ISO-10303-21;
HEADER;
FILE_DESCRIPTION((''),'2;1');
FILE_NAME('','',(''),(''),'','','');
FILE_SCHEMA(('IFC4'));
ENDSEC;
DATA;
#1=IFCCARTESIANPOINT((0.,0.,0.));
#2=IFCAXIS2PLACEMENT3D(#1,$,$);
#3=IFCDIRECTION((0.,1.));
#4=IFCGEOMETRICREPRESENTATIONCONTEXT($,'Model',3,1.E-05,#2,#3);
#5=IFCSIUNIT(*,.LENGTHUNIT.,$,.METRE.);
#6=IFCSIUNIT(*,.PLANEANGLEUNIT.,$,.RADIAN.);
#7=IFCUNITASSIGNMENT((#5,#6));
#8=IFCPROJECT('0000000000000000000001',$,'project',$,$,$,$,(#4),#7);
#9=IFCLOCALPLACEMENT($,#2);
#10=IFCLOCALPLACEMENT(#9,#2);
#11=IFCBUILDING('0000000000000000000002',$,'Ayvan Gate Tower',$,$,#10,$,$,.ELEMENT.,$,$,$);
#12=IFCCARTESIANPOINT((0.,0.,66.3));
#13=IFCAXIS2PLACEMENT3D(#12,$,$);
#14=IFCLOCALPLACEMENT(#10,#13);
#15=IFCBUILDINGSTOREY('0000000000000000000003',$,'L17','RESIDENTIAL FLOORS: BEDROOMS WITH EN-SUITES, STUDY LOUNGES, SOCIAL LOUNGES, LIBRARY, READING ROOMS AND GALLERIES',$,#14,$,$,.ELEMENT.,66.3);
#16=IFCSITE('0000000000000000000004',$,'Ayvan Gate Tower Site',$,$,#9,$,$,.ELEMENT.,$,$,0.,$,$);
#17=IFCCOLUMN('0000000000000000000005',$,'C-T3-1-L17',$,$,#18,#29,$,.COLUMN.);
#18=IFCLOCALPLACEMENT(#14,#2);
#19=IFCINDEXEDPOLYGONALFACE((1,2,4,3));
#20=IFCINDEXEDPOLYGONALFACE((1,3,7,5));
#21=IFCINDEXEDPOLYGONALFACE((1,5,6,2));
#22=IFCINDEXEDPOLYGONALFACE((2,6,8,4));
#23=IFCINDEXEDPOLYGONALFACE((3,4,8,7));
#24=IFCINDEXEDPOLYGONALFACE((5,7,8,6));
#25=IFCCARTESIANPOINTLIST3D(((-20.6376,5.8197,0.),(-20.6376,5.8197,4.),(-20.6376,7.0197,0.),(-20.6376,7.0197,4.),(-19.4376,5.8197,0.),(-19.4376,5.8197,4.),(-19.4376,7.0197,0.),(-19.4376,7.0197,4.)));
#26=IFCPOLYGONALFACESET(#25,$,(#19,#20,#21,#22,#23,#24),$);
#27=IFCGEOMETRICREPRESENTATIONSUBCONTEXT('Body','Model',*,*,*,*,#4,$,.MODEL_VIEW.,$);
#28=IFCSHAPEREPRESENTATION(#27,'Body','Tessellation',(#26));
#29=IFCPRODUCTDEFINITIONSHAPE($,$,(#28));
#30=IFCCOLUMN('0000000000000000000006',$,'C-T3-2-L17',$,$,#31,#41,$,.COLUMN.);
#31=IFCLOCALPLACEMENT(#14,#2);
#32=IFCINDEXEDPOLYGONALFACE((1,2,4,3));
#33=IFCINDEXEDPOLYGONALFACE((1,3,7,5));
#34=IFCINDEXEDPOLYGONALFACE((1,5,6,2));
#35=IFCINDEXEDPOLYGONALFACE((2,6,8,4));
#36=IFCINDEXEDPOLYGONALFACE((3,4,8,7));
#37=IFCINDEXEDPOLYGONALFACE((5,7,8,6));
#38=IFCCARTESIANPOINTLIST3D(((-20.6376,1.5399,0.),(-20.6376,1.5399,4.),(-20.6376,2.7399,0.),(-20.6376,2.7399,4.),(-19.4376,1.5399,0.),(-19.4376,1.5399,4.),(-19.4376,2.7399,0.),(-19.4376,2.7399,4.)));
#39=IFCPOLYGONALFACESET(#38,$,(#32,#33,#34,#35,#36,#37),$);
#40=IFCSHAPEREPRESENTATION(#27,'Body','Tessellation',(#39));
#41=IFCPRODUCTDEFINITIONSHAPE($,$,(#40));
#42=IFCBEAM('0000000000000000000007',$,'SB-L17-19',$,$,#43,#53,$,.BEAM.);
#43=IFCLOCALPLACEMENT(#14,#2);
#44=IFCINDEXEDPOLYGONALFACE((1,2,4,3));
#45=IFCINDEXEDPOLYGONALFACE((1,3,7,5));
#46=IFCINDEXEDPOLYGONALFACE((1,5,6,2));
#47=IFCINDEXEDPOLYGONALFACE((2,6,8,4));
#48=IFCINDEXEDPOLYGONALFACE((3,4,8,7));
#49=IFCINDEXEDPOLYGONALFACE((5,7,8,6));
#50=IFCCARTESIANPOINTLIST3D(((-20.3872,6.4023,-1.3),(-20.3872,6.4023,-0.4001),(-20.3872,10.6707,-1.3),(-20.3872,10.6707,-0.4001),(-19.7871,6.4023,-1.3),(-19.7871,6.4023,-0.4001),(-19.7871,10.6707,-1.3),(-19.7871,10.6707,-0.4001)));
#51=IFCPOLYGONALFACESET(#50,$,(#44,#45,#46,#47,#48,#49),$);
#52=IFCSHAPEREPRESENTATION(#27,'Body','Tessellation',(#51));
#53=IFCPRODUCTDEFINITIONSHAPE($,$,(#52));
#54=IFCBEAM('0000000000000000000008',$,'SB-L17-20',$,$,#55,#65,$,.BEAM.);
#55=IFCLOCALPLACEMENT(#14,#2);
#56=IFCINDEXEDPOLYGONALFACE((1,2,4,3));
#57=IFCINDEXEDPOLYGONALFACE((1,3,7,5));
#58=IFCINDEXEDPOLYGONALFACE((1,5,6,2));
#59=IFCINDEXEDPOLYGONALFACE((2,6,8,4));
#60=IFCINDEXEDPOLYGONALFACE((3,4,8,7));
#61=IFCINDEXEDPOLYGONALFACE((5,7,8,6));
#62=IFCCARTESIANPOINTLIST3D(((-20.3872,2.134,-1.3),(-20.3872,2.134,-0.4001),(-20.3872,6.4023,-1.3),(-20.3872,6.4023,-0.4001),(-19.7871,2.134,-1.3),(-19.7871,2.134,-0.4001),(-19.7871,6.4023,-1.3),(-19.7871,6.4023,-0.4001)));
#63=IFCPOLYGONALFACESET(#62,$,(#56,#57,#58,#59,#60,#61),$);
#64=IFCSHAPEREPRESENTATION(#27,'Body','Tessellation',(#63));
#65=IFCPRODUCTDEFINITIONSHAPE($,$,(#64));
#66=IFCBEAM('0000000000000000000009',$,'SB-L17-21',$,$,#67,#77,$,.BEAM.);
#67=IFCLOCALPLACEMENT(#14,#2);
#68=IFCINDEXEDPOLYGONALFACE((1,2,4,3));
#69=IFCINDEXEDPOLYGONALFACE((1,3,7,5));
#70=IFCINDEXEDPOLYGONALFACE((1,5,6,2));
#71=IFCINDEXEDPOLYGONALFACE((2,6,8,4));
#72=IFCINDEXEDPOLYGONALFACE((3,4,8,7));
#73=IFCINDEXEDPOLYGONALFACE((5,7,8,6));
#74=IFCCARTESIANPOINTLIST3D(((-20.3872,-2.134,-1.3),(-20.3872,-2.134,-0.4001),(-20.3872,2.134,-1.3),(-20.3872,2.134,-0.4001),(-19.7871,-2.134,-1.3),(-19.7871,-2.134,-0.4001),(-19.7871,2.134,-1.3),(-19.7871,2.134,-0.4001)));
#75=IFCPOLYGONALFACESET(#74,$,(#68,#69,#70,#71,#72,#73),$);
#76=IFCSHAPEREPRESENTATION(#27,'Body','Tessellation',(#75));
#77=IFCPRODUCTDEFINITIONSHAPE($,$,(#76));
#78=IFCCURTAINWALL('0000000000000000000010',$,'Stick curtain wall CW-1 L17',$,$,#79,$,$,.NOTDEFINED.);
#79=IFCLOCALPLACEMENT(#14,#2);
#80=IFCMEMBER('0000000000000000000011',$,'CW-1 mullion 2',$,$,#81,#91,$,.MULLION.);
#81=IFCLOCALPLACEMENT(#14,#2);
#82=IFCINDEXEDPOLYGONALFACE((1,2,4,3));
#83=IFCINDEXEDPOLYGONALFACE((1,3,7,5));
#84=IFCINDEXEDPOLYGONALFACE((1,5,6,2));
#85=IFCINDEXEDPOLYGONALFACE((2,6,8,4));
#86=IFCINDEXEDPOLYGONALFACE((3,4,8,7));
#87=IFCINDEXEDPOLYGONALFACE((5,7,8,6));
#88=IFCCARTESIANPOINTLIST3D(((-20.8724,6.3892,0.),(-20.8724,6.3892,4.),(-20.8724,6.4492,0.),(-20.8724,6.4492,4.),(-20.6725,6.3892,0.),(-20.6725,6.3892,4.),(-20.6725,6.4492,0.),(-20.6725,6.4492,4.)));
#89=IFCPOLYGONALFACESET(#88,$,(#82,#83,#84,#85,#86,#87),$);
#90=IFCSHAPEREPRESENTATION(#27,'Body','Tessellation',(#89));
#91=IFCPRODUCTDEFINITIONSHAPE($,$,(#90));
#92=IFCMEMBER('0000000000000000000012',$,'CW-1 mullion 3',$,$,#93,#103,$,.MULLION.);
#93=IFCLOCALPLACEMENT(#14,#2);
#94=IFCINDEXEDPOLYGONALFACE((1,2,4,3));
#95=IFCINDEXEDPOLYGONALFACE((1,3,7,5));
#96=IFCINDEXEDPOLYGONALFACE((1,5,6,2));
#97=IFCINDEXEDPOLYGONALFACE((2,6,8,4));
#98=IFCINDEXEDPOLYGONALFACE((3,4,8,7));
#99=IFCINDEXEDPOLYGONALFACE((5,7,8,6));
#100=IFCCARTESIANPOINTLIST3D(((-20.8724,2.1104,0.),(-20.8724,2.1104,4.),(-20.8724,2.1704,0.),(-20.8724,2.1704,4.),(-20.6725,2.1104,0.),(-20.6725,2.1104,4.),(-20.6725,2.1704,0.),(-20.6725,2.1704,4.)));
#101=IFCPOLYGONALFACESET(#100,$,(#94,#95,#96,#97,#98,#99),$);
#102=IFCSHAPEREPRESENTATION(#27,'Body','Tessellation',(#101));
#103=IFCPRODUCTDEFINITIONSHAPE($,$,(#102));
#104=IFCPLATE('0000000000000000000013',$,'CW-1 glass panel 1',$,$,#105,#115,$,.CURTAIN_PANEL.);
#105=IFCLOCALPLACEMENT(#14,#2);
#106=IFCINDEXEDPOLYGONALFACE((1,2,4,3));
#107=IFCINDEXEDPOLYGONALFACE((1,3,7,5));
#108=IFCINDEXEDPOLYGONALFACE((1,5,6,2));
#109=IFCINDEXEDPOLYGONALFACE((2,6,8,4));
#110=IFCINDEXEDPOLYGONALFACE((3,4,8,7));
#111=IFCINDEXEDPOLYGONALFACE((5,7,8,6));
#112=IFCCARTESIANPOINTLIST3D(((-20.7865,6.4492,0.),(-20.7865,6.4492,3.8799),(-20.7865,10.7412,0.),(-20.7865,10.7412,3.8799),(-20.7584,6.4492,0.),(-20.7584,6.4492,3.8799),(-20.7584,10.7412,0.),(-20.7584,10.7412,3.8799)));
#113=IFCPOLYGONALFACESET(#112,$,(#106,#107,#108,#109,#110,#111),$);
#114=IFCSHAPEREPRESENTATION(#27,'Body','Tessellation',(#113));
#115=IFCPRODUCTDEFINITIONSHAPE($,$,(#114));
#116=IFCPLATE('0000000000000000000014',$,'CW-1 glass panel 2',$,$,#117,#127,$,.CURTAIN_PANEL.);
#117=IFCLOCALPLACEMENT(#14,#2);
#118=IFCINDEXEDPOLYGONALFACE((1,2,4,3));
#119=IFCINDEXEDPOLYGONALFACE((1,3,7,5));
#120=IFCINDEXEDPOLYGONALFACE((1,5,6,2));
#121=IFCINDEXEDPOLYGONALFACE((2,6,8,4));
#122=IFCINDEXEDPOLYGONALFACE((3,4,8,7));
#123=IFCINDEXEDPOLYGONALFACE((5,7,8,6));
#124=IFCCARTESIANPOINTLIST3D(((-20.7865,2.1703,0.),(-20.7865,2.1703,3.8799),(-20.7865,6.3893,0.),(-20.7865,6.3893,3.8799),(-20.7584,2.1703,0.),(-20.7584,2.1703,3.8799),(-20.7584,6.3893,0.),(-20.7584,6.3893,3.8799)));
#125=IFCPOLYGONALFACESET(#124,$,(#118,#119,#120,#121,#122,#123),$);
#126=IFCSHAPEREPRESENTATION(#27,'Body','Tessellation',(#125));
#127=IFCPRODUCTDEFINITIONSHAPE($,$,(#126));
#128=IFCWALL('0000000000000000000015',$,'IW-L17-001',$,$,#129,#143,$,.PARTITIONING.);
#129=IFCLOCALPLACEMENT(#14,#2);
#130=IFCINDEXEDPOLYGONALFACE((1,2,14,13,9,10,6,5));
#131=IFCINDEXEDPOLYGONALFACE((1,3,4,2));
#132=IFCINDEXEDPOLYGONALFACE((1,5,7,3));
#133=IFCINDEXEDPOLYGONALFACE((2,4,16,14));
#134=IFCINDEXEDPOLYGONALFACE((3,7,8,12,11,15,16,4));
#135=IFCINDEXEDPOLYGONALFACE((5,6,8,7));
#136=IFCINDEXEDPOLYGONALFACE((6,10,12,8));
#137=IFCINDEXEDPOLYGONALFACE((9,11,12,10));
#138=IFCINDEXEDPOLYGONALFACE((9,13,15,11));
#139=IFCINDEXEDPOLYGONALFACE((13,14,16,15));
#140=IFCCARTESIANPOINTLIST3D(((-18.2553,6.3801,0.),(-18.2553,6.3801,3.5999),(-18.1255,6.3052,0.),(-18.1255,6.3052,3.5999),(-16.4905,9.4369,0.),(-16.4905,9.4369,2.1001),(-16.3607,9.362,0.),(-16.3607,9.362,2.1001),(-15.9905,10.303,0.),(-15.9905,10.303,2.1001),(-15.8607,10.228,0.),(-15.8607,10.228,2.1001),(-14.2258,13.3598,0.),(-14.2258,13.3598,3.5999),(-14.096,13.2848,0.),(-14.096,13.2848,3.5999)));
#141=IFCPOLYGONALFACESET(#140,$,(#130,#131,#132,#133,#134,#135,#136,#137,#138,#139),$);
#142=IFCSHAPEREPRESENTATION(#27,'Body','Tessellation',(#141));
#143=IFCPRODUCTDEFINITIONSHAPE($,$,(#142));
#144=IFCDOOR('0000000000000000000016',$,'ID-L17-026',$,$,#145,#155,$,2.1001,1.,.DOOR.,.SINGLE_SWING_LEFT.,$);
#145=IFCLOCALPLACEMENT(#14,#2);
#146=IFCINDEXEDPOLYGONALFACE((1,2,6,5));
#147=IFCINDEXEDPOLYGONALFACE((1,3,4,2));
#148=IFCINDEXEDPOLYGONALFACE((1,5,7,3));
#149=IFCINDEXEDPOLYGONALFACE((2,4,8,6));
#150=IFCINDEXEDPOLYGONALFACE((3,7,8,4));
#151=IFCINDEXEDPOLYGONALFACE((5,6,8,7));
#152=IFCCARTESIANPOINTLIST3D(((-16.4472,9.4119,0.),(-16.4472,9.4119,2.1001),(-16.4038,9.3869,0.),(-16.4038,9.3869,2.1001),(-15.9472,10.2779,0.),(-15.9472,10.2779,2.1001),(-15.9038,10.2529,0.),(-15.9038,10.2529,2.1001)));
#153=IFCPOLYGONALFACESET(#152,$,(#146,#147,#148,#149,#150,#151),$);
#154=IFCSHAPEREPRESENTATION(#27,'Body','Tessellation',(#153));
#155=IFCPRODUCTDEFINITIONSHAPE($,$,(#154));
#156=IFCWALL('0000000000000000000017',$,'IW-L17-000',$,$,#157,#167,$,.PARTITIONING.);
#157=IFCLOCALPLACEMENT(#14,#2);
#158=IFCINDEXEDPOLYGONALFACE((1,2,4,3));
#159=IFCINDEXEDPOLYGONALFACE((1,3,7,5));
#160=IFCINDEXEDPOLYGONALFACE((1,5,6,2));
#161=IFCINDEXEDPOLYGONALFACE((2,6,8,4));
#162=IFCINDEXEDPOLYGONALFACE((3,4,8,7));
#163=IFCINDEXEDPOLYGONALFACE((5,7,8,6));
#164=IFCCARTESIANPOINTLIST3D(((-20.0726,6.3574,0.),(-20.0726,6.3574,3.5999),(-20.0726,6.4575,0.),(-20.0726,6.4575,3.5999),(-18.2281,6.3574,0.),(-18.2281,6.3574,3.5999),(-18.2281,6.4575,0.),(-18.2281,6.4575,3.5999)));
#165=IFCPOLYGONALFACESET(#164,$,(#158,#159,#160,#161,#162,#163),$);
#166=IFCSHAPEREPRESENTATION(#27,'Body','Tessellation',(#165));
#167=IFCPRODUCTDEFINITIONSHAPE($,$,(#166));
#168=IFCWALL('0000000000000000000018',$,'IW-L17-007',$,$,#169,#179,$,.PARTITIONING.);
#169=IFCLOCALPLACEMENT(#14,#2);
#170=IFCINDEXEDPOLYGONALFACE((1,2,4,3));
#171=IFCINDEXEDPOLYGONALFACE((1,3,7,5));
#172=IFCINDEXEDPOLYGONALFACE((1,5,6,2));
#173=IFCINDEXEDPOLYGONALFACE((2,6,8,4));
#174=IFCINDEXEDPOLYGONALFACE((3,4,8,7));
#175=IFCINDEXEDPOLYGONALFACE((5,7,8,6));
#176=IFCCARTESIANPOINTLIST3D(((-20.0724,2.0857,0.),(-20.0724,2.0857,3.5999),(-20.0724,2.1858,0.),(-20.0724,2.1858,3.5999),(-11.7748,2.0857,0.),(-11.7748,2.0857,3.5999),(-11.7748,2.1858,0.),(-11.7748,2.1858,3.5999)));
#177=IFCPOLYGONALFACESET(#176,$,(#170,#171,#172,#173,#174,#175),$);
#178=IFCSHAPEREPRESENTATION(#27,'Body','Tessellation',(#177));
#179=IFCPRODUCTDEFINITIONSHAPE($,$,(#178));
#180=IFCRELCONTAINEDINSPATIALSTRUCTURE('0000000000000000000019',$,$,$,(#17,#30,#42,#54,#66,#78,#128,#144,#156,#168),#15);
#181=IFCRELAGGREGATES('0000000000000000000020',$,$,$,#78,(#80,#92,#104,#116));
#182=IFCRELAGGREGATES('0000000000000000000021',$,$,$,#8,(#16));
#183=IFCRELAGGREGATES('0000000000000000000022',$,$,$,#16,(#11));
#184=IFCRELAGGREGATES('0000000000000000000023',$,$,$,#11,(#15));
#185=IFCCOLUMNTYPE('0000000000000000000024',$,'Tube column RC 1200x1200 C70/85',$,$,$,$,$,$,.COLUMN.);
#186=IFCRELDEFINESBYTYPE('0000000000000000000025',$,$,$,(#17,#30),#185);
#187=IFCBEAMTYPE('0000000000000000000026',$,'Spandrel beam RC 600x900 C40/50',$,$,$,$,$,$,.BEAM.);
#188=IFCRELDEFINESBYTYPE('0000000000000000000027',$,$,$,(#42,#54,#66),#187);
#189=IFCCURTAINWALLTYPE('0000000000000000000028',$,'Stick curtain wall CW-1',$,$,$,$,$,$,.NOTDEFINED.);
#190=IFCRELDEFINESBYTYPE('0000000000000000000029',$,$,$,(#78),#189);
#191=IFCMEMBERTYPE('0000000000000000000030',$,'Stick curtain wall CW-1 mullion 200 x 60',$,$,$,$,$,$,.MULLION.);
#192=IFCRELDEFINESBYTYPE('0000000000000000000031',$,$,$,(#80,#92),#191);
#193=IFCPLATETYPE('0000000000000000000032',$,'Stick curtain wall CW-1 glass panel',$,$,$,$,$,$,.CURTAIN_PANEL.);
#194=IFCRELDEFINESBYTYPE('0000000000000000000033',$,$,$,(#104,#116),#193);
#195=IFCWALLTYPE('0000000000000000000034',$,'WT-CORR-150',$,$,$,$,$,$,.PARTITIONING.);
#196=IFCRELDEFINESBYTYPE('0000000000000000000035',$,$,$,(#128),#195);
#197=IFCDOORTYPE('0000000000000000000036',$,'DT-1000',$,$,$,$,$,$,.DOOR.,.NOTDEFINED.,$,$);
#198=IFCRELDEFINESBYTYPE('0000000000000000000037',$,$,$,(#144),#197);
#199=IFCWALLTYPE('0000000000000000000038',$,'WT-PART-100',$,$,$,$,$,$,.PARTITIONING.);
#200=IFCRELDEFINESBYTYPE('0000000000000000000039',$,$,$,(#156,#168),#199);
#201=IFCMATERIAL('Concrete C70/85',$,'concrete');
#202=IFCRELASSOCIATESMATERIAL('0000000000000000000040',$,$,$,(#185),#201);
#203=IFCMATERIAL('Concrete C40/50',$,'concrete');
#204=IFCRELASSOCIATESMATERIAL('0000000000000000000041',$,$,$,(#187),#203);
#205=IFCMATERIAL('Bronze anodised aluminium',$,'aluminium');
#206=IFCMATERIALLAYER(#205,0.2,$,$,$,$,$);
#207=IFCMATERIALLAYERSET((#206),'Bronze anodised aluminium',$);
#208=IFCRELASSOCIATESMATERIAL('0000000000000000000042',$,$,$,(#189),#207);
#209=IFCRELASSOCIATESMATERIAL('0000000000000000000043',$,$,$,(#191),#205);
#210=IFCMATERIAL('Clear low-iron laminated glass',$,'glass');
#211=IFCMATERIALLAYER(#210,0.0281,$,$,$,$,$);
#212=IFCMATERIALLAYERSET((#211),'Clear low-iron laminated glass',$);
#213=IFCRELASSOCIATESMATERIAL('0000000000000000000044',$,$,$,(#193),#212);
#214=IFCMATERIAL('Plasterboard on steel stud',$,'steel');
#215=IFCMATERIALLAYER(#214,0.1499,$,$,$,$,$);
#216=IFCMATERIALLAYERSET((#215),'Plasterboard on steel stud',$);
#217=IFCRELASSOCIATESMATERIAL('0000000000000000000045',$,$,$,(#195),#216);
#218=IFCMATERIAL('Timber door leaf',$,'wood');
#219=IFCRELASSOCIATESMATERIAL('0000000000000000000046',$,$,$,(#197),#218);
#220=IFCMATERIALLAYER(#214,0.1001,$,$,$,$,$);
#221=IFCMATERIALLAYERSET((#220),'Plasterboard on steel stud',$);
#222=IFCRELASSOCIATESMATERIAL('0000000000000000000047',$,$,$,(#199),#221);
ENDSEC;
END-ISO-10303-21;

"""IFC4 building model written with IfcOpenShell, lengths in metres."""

from ifc_helpers import new_model, si_unit, direction, frame, frame_2d, origin, origin_2d, place, context, subcontext, project, spatial, rectangle, extrude, material, layer, layer_set, material_profile, profile_set, type_object, element, fill, aggregate, save


model = new_model("IFC4")

# Units and contexts
model_context = context("Model", 3, precision=1e-05, world=origin(), true_north=direction((0.0, 1.0)))
body_context = subcontext(model_context, "Body", "Model", "MODEL_VIEW")
ifc_project = project(units=[si_unit("LENGTHUNIT", "METRE"), si_unit("PLANEANGLEUNIT", "RADIAN")], contexts=[model_context])

# Site, building, storey
site_placement = place(None, origin())
site = spatial("IfcSite", under=ifc_project, at=site_placement, Name="Ayvan Gate Tower Site", CompositionType="ELEMENT", RefElevation=0.0)
building_placement = place(site_placement, origin())
building = spatial("IfcBuilding", under=site, at=building_placement, Name="Ayvan Gate Tower", CompositionType="ELEMENT")
storey_placement = place(building_placement, frame((0.0, 0.0, 66.3)))
storey = spatial("IfcBuildingStorey", under=building, at=storey_placement, Name="L17", Description="RESIDENTIAL FLOORS: BEDROOMS WITH EN-SUITES, STUDY LOUNGES, SOCIAL LOUNGES, LIBRARY, READING ROOMS AND GALLERIES", CompositionType="ELEMENT", Elevation=66.3)

# Columns
ifc_material_1 = material(Name="Concrete C70/85", Category="concrete")
ifc_material_profile_1 = material_profile(ifc_material_1, rectangle(XDim=1.2, YDim=1.2, at=origin_2d()), Name="RC 1200x1200")
ifc_profile_set_1 = profile_set([ifc_material_profile_1], Name="Concrete C70/85")
column_type = type_object("IfcColumnType", Name="Tube column RC 1200x1200 C70/85", PredefinedType="COLUMN", material=ifc_profile_set_1)
for number, where, z_axis, x_axis, name in (
    (1, (-20.0376, 6.4197, 0.0), (0.0, 0.0, 1.0), (-1.0, 0.0, 0.0), "C-T3-1-L17"),
    (2, (-20.0376, 2.1399, 0.0), (0.0, 0.0, 1.0), (-1.0, 0.0, 0.0), "C-T3-2-L17"),
):
    element("IfcColumn", number, at=place(storey_placement, frame(where, z_axis=z_axis, x_axis=x_axis)), inside=storey, type_object=column_type, Name=name, PredefinedType="COLUMN", context=body_context, shape_type="SweptSolid", body=[
        extrude(rectangle(XDim=1.2, YDim=1.2, at=origin_2d()), origin(), (0.0, 0.0, 1.0), 4.0),
    ])

# Beams
ifc_material_2 = material(Name="Concrete C40/50", Category="concrete")
ifc_material_profile_2 = material_profile(ifc_material_2, rectangle(XDim=0.6001, YDim=0.8999, at=origin_2d()), Name="RC 600x900")
ifc_profile_set_2 = profile_set([ifc_material_profile_2], Name="Concrete C40/50")
beam_type = type_object("IfcBeamType", Name="Spandrel beam RC 600x900 C40/50", PredefinedType="BEAM", material=ifc_profile_set_2)
for number, where, z_axis, x_axis, name in (
    (3, (-20.0872, 10.6707, -0.8501), (0.0, -1.0, 0.0), (1.0, 0.0, 0.0), "SB-L17-19"),
    (4, (-20.0872, 6.4023, -0.8501), (0.0, -1.0, 0.0), (1.0, 0.0, 0.0), "SB-L17-20"),
):
    element("IfcBeam", number, at=place(storey_placement, frame(where, z_axis=z_axis, x_axis=x_axis)), inside=storey, type_object=beam_type, Name=name, PredefinedType="BEAM", context=body_context, shape_type="SweptSolid", body=[
        extrude(rectangle(XDim=0.6001, YDim=0.8999, at=origin_2d()), origin(), (0.0, 0.0, 1.0), 4.2683),
    ])
beam_placement = place(storey_placement, frame((-20.0872, 2.134, -0.8501), z_axis=(0.0, -1.0, 0.0), x_axis=(1.0, 0.0, 0.0)))
element("IfcBeam", 5, at=beam_placement, inside=storey, type_object=beam_type, Name="SB-L17-21", PredefinedType="BEAM", context=body_context, shape_type="SweptSolid", body=[
    extrude(rectangle(XDim=0.6001, YDim=0.8999, at=origin_2d()), origin(), (0.0, 0.0, 1.0), 4.2681),
])

# Curtain wall, members, plates
ifc_material_3 = material(Name="Bronze anodised aluminium", Category="aluminium")
ifc_layer_1 = layer(ifc_material_3, 0.2)
ifc_layer_set_1 = layer_set([ifc_layer_1], Name="Bronze anodised aluminium")
curtain_wall_type = type_object("IfcCurtainWallType", Name="Stick curtain wall CW-1", PredefinedType="NOTDEFINED", material=ifc_layer_set_1)
curtain_wall_placement = place(storey_placement, origin())
curtain_wall = element("IfcCurtainWall", 6, at=curtain_wall_placement, inside=storey, type_object=curtain_wall_type, Name="Stick curtain wall CW-1 L17", PredefinedType="NOTDEFINED")
ifc_material_profile_3 = material_profile(ifc_material_3, rectangle(XDim=0.2, YDim=0.0601, at=origin_2d()), Name="Stick curtain wall CW-1 mullion 200 x 60")
ifc_profile_set_3 = profile_set([ifc_material_profile_3], Name="Bronze anodised aluminium")
member_type = type_object("IfcMemberType", Name="Stick curtain wall CW-1 mullion 200 x 60", PredefinedType="MULLION", material=ifc_profile_set_3)
member_1_placement = place(storey_placement, frame((-20.7725, 6.4192, 0.0), z_axis=(0.0, 0.0, 1.0), x_axis=(-1.0, 0.0, 0.0)))
member_1 = element("IfcMember", 7, at=member_1_placement, type_object=member_type, Name="CW-1 mullion 2", PredefinedType="MULLION", context=body_context, shape_type="SweptSolid", body=[
    extrude(rectangle(XDim=0.2, YDim=0.0601, at=origin_2d()), origin(), (0.0, 0.0, 1.0), 4.0),
])
member_2_placement = place(storey_placement, frame((-20.7725, 2.1404, 0.0), z_axis=(0.0, 0.0, 1.0), x_axis=(-1.0, 0.0, 0.0)))
member_2 = element("IfcMember", 8, at=member_2_placement, type_object=member_type, Name="CW-1 mullion 3", PredefinedType="MULLION", context=body_context, shape_type="SweptSolid", body=[
    extrude(rectangle(XDim=0.2, YDim=0.0601, at=origin_2d()), origin(), (0.0, 0.0, 1.0), 4.0),
])
ifc_material_4 = material(Name="Clear low-iron laminated glass", Category="glass")
ifc_layer_2 = layer(ifc_material_4, 0.0281)
ifc_layer_set_2 = layer_set([ifc_layer_2], Name="Clear low-iron laminated glass")
plate_type = type_object("IfcPlateType", Name="Stick curtain wall CW-1 glass panel", PredefinedType="CURTAIN_PANEL", material=ifc_layer_set_2)
plate_1_placement = place(storey_placement, frame((-20.7725, 8.5952, 0.0), z_axis=(0.0, 0.0, 1.0), x_axis=(0.0, -1.0, 0.0)))
plate_1 = element("IfcPlate", 9, at=plate_1_placement, type_object=plate_type, Name="CW-1 glass panel 1", PredefinedType="CURTAIN_PANEL", context=body_context, shape_type="SweptSolid", body=[
    extrude(rectangle(XDim=4.292, YDim=0.0281, at=origin_2d()), origin(), (0.0, 0.0, 1.0), 3.8799),
])
plate_2_placement = place(storey_placement, frame((-20.7725, 4.2798, 0.0), z_axis=(0.0, 0.0, 1.0), x_axis=(0.0, -1.0, 0.0)))
plate_2 = element("IfcPlate", 10, at=plate_2_placement, type_object=plate_type, Name="CW-1 glass panel 2", PredefinedType="CURTAIN_PANEL", context=body_context, shape_type="SweptSolid", body=[
    extrude(rectangle(XDim=4.219, YDim=0.0281, at=origin_2d()), origin(), (0.0, 0.0, 1.0), 3.8799),
])
aggregate(curtain_wall, [member_1, member_2, plate_1, plate_2])

# Wall, opening, door
ifc_material_5 = material(Name="Plasterboard on steel stud", Category="steel")
ifc_layer_3 = layer(ifc_material_5, 0.1499)
ifc_layer_set_3 = layer_set([ifc_layer_3], Name="Plasterboard on steel stud")
wall_type_1 = type_object("IfcWallType", Name="WT-CORR-150", PredefinedType="PARTITIONING", material=ifc_layer_set_3)
wall_1_placement = place(storey_placement, frame((-18.1904, 6.3425, 0.0), z_axis=(0.0, 0.0, 1.0), x_axis=(0.49998, 0.866037, 0.0)))
wall_1 = element("IfcWall", 11, at=wall_1_placement, inside=storey, type_object=wall_type_1, Name="IW-L17-001", PredefinedType="PARTITIONING", context=body_context, shape_type="SweptSolid", body=[
    extrude(rectangle(XDim=8.0593, YDim=0.1499, at=frame_2d((4.0298, 0.0))), origin(), (0.0, 0.0, 1.0), 3.5999),
])
opening_placement = place(wall_1_placement, frame((3.5298, 0.0, 0.0)))
opening = element("IfcOpeningElement", 12, at=opening_placement, cuts=wall_1, PredefinedType="OPENING", context=body_context, shape_type="SweptSolid", body=[
    extrude(rectangle(XDim=1.0, YDim=2.1001, at=frame_2d((0.5, 1.05))), frame((0.0, 0.085, 0.0), z_axis=(0.0, -1.0, 0.0), x_axis=(1.0, 0.0, 0.0)), (0.0, 0.0, 1.0), 0.1699),
])
ifc_material_6 = material(Name="Timber door leaf", Category="wood")
door_type = type_object("IfcDoorType", Name="DT-1000", OperationType="NOTDEFINED", PredefinedType="DOOR", material=ifc_material_6)
door_placement = place(opening_placement, origin())
door = element("IfcDoor", 13, at=door_placement, inside=storey, type_object=door_type, Name="ID-L17-026", OperationType="SINGLE_SWING_LEFT", OverallHeight=2.1001, OverallWidth=1.0, PredefinedType="DOOR", context=body_context, shape_type="SweptSolid", body=[
    extrude(rectangle(XDim=1.0, YDim=2.1001, at=frame_2d((0.5, 1.05))), frame((0.0, 0.0249, 0.0), z_axis=(0.0, -1.0, 0.0), x_axis=(1.0, 0.0, 0.0)), (0.0, 0.0, 1.0), 0.05),
])
fill(opening, door)

# Walls
ifc_layer_4 = layer(ifc_material_5, 0.1001)
ifc_layer_set_4 = layer_set([ifc_layer_4], Name="Plasterboard on steel stud")
wall_type_2 = type_object("IfcWallType", Name="WT-PART-100", PredefinedType="PARTITIONING", material=ifc_layer_set_4)
wall_2_placement = place(storey_placement, frame((-18.228, 6.4075, 0.0), z_axis=(0.0, 0.0, 1.0), x_axis=(-1.0, 0.0, 0.0)))
element("IfcWall", 14, at=wall_2_placement, inside=storey, type_object=wall_type_2, Name="IW-L17-000", PredefinedType="PARTITIONING", context=body_context, shape_type="SweptSolid", body=[
    extrude(rectangle(XDim=1.8445, YDim=0.1001, at=frame_2d((0.9224, 0.0))), origin(), (0.0, 0.0, 1.0), 3.5999),
])
wall_3_placement = place(storey_placement, frame((-20.0725, 2.1357, 0.0), z_axis=(0.0, 0.0, 1.0), x_axis=(1.0, 0.0, 0.0)))
element("IfcWall", 15, at=wall_3_placement, inside=storey, type_object=wall_type_2, Name="IW-L17-007", PredefinedType="PARTITIONING", context=body_context, shape_type="SweptSolid", body=[
    extrude(rectangle(XDim=8.2976, YDim=0.1001, at=frame_2d((4.1489, 0.0))), origin(), (0.0, 0.0, 1.0), 3.5999),
])

save(model, "model.ifc")
